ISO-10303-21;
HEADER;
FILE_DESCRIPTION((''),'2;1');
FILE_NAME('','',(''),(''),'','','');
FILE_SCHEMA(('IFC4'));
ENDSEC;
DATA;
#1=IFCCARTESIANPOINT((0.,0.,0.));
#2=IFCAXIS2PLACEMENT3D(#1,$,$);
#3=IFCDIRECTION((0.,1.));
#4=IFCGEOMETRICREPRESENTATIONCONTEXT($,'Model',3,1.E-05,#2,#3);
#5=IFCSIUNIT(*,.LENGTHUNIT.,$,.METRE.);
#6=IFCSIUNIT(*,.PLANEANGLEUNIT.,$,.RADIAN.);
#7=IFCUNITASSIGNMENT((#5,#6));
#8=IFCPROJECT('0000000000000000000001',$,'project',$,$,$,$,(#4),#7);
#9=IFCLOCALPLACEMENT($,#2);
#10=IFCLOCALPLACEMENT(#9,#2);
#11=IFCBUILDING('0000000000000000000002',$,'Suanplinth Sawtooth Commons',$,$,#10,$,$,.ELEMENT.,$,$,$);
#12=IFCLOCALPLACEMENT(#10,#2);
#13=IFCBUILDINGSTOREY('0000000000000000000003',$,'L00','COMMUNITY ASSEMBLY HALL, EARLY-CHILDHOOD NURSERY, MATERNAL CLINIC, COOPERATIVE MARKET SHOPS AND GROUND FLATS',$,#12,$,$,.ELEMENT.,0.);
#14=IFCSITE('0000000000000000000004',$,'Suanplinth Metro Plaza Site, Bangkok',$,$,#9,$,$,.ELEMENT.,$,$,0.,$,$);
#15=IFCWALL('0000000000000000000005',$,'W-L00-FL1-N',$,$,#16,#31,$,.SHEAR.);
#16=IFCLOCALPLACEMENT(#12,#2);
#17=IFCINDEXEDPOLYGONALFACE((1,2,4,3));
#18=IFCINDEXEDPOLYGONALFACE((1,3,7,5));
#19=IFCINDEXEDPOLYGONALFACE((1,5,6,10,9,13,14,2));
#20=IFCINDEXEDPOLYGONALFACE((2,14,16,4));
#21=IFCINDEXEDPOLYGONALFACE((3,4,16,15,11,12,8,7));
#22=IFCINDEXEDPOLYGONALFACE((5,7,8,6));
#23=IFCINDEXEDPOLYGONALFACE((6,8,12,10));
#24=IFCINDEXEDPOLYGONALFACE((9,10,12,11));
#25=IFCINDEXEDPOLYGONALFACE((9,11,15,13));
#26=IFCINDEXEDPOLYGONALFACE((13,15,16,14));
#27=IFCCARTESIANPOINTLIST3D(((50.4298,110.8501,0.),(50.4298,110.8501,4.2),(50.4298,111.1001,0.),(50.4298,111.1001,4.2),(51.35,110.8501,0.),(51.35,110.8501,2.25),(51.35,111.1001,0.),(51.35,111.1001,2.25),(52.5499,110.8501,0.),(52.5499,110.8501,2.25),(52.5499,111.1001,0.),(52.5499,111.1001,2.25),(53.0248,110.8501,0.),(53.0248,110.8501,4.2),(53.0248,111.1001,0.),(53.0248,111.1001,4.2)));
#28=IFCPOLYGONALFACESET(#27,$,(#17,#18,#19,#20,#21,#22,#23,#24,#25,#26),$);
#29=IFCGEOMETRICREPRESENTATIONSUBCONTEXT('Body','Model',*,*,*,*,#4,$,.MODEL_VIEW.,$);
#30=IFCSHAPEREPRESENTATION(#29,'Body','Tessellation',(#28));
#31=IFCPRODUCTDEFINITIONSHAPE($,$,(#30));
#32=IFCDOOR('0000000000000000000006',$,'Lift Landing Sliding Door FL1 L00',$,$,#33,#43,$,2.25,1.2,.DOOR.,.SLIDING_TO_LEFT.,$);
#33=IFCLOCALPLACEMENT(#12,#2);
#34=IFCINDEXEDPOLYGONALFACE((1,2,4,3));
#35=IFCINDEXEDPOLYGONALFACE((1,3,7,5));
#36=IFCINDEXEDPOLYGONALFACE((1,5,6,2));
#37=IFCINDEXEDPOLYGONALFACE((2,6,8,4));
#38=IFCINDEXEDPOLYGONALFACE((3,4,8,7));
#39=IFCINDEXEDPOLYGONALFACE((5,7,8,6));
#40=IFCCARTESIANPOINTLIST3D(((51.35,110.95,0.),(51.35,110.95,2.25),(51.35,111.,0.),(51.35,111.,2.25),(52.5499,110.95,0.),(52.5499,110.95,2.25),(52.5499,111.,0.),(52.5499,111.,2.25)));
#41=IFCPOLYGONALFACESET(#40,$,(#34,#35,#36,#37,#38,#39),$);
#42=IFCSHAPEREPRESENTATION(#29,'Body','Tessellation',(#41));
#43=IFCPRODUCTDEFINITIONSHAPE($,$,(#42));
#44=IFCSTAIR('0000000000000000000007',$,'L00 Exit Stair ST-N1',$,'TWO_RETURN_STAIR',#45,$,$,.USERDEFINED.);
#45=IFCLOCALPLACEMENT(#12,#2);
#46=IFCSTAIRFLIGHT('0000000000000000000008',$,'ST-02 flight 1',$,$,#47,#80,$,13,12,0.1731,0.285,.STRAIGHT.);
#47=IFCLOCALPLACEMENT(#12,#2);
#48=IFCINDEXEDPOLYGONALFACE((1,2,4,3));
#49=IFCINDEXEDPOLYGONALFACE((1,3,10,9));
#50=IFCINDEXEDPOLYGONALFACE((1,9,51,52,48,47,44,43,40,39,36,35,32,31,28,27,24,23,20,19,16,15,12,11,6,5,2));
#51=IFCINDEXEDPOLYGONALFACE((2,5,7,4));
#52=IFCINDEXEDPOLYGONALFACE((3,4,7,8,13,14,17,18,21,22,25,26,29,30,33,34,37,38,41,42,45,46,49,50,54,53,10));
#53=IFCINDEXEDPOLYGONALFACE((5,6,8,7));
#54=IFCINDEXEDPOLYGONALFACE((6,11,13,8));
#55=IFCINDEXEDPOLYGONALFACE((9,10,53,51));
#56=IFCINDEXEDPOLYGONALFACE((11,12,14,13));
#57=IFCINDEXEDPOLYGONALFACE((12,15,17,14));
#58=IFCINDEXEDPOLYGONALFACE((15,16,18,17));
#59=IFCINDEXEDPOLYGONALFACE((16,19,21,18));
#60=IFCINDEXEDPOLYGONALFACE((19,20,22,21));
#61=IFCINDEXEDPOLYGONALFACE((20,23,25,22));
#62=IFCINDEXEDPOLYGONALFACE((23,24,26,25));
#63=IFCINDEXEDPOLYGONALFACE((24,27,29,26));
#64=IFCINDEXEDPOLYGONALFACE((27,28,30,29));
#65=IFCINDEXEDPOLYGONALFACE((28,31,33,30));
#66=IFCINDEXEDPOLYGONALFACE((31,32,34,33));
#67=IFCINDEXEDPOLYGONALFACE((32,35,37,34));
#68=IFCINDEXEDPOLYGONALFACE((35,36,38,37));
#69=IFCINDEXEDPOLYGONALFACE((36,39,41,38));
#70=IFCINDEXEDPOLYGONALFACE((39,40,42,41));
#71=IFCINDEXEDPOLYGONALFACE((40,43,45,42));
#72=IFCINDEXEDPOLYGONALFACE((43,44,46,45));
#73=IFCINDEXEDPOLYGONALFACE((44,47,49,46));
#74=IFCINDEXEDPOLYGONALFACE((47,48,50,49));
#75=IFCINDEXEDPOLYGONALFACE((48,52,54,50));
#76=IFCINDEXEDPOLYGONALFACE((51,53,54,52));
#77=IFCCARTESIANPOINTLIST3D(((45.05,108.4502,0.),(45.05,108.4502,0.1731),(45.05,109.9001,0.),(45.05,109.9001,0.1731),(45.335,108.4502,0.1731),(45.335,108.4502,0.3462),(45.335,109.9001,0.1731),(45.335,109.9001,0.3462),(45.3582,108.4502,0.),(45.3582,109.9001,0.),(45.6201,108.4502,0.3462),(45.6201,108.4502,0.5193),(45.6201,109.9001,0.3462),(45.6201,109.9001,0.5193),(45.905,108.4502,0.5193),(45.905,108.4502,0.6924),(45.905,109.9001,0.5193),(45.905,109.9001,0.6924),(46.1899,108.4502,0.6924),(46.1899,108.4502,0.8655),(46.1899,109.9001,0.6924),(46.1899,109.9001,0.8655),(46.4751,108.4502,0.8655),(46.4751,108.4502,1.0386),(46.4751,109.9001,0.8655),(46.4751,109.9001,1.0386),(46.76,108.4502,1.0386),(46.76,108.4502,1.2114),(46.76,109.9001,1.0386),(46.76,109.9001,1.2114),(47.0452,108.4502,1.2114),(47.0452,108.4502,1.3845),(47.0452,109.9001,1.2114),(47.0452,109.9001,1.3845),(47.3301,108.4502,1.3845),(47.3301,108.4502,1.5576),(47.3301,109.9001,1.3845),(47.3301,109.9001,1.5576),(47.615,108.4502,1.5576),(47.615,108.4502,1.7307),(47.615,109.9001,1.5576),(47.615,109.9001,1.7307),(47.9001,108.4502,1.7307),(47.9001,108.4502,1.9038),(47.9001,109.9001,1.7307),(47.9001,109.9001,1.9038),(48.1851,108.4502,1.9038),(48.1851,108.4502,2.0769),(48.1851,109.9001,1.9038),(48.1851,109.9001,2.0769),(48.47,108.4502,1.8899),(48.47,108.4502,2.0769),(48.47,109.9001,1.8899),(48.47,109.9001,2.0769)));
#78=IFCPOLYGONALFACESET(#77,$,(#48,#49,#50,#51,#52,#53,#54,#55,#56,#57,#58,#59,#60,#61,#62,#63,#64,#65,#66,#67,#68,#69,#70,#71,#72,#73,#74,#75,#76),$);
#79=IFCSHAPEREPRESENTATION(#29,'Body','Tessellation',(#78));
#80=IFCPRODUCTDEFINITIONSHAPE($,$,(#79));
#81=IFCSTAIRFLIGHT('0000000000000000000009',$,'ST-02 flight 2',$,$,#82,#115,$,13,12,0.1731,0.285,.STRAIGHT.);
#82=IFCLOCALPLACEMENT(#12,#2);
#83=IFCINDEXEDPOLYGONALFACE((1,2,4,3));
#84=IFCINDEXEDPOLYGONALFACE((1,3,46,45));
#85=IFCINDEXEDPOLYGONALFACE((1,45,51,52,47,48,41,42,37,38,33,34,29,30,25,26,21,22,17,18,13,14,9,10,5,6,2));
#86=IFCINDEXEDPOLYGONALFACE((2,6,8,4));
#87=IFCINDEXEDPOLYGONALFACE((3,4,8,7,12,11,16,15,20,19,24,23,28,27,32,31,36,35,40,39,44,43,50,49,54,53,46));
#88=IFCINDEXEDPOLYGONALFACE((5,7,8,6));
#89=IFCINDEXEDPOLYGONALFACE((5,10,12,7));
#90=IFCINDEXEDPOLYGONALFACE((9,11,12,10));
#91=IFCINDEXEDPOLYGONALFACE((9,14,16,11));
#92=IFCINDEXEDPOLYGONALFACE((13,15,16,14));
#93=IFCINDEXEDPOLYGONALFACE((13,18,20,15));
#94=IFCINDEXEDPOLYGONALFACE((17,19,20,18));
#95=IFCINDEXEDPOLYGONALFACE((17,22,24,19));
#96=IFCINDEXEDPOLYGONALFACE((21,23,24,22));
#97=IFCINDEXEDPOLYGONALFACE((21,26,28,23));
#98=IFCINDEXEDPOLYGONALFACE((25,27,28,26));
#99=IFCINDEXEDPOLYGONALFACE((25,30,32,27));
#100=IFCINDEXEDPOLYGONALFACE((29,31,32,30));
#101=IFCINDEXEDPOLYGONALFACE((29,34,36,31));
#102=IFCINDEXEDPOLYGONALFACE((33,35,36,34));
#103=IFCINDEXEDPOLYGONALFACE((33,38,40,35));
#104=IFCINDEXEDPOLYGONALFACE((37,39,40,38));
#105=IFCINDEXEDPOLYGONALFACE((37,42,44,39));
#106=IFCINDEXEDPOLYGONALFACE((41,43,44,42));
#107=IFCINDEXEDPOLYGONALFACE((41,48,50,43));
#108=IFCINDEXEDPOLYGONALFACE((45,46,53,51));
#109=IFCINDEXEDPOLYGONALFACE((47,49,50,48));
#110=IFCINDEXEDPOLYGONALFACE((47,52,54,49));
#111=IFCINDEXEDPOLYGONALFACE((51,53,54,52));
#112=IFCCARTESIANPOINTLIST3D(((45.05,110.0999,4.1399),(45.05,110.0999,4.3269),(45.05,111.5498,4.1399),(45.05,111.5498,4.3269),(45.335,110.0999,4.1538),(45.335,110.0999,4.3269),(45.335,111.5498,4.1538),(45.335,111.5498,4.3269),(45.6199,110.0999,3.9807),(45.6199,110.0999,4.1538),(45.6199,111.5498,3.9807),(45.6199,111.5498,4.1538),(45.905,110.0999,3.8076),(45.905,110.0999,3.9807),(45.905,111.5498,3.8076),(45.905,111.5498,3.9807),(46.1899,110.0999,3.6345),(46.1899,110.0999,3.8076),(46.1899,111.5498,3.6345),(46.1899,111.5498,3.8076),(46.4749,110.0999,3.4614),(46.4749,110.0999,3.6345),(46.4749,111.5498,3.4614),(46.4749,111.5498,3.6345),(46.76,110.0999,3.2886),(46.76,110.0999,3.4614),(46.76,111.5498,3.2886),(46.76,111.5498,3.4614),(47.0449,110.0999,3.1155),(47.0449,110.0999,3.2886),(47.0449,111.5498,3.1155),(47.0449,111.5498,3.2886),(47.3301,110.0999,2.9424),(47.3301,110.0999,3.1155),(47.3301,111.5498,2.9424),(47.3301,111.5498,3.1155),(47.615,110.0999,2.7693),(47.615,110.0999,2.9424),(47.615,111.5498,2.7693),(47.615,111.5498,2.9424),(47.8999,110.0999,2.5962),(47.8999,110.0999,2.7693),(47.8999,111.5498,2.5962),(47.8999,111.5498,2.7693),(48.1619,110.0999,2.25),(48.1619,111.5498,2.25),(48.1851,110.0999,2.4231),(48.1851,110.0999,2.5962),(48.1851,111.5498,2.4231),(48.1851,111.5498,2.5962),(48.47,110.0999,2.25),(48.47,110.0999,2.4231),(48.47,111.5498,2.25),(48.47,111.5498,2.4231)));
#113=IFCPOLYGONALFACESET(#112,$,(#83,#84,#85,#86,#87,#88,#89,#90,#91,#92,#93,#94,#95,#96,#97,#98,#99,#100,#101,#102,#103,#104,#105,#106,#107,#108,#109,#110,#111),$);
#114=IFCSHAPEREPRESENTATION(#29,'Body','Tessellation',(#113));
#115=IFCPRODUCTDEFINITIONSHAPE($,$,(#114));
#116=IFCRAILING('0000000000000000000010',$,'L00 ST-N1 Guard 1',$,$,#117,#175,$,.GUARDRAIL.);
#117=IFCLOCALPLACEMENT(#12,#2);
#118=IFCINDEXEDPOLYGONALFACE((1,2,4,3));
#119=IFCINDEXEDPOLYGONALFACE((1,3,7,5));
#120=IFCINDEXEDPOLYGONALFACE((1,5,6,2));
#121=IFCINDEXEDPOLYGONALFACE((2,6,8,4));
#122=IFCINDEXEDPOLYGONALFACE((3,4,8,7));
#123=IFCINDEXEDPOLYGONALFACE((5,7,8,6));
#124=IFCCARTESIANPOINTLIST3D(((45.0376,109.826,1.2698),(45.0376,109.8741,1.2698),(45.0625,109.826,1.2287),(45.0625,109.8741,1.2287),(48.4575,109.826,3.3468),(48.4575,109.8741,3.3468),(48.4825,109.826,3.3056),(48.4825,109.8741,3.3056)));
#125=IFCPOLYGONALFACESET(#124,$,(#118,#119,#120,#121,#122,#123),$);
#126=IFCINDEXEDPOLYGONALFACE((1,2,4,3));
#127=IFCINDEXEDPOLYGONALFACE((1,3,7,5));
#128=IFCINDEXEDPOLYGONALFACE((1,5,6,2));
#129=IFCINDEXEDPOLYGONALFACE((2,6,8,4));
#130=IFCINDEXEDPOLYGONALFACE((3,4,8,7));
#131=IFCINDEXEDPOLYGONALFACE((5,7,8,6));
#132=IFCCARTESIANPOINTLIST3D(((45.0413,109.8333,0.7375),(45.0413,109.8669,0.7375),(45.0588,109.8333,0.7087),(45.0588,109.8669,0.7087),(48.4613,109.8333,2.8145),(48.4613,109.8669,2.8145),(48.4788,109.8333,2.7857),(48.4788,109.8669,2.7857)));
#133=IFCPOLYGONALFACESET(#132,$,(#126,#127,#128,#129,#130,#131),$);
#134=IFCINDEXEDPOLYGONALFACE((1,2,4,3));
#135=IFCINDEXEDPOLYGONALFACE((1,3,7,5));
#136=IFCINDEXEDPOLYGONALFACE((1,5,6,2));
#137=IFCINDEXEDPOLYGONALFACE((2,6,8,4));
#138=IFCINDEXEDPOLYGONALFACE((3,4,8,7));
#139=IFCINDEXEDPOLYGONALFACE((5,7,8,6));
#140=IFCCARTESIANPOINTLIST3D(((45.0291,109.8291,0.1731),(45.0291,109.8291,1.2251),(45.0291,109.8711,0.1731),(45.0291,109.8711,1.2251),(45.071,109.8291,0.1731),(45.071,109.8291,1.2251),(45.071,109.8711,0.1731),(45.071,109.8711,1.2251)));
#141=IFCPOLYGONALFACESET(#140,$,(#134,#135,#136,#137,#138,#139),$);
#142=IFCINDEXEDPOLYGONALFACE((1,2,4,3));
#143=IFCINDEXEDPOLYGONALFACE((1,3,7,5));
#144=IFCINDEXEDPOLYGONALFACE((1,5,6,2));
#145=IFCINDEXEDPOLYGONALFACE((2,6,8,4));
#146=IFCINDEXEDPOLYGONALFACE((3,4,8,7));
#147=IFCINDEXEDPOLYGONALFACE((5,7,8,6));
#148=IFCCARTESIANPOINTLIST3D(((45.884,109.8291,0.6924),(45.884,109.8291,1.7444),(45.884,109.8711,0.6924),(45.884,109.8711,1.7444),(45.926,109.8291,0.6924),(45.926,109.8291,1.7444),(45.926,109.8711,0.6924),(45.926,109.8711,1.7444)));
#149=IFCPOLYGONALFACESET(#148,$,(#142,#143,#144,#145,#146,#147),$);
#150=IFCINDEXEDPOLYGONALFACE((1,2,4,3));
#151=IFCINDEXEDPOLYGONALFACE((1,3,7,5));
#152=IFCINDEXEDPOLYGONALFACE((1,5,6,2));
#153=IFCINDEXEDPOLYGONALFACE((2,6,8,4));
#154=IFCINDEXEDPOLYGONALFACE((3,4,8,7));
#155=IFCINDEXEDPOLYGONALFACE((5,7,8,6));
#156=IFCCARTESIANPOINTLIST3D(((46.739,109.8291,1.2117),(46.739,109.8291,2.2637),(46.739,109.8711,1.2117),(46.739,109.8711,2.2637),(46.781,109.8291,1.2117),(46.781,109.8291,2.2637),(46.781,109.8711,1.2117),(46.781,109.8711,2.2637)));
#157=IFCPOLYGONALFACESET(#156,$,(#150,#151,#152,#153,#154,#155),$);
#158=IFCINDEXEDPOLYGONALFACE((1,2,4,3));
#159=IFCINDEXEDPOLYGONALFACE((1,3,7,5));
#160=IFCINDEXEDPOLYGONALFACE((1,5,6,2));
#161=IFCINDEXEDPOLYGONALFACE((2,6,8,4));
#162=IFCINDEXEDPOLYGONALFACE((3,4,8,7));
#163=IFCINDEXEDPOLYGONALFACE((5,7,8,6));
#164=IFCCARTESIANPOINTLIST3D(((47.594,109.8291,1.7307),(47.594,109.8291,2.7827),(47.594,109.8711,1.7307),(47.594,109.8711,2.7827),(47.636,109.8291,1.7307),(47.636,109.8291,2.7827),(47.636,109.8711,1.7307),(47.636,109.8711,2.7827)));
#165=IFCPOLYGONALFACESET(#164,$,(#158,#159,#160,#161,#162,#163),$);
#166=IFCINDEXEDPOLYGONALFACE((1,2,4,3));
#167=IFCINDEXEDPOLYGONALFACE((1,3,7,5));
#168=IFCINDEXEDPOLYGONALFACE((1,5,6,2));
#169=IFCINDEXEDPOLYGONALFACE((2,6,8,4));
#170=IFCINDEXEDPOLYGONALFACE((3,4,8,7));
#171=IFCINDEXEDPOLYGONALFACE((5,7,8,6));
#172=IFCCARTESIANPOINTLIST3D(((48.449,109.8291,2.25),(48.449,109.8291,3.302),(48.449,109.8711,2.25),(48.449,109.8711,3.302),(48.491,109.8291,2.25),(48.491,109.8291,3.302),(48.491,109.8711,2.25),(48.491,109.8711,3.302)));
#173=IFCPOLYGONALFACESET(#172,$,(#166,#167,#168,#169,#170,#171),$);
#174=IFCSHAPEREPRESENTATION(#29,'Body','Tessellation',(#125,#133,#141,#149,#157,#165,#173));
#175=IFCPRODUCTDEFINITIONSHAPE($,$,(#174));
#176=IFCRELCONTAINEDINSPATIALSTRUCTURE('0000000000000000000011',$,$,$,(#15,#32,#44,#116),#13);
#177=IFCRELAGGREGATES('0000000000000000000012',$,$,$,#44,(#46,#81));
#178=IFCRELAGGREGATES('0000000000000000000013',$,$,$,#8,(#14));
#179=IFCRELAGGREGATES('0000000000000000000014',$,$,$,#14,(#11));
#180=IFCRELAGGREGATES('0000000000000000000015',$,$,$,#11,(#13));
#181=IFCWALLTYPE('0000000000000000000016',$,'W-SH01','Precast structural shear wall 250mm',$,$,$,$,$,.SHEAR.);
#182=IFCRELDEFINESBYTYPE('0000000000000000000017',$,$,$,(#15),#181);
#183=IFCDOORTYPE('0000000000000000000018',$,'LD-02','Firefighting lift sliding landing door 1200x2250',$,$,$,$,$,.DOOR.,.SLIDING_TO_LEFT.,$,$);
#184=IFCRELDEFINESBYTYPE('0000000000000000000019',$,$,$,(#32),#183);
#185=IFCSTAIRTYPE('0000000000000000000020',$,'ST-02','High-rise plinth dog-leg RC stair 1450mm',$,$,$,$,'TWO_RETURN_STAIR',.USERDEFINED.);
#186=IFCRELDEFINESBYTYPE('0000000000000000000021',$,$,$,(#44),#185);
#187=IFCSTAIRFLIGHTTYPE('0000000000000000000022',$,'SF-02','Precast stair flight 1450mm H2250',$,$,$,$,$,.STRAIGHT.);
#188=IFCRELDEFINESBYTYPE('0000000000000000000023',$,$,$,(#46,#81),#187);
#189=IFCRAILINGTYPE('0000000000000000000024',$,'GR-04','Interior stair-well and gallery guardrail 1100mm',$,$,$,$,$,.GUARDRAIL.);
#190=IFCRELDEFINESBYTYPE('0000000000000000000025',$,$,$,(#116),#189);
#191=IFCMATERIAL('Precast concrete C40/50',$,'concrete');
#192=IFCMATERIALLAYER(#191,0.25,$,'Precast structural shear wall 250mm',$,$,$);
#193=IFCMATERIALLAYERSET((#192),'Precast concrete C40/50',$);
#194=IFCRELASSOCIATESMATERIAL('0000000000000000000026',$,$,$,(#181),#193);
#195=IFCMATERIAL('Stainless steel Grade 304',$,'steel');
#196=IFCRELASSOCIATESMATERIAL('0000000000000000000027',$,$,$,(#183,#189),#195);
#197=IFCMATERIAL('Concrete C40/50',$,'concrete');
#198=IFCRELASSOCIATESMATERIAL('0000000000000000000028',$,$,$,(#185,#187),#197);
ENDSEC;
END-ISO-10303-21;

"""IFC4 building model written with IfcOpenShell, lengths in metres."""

from ifc_helpers import new_model, si_unit, direction, frame, frame_2d, origin, origin_2d, place, context, subcontext, project, spatial, polyline, rectangle, outline, extrude, material, layer, layer_set, type_object, element, fill, aggregate, save


model = new_model("IFC4")

# Units and contexts
model_context = context("Model", 3, precision=1e-05, world=origin(), true_north=direction((0.0, 1.0)))
body_context = subcontext(model_context, "Body", "Model", "MODEL_VIEW")
ifc_project = project(units=[si_unit("LENGTHUNIT", "METRE"), si_unit("PLANEANGLEUNIT", "RADIAN")], contexts=[model_context])

# Site, building, storey
site_placement = place(None, origin())
site = spatial("IfcSite", under=ifc_project, at=site_placement, Name="Suanplinth Metro Plaza Site, Bangkok", CompositionType="ELEMENT", RefElevation=0.0)
building_placement = place(site_placement, origin())
building = spatial("IfcBuilding", under=site, at=building_placement, Name="Suanplinth Sawtooth Commons", CompositionType="ELEMENT")
storey_placement = place(building_placement, origin())
storey = spatial("IfcBuildingStorey", under=building, at=storey_placement, Name="L00", Description="COMMUNITY ASSEMBLY HALL, EARLY-CHILDHOOD NURSERY, MATERNAL CLINIC, COOPERATIVE MARKET SHOPS AND GROUND FLATS", CompositionType="ELEMENT", Elevation=0.0)

# Shared definitions
ifc_material_1 = material(Name="Concrete C40/50", Category="concrete")

# Shared definitions
ifc_material_2 = material(Name="Precast concrete C40/50", Category="concrete")

# Shared definitions
ifc_layer_1 = layer(ifc_material_2, 0.25, Name="Precast structural shear wall 250mm")
ifc_layer_set_1 = layer_set([ifc_layer_1], Name="Precast concrete C40/50")
wall_type_1 = type_object("IfcWallType", Name="W-SH01", Description="Precast structural shear wall 250mm", PredefinedType="SHEAR", material=ifc_layer_set_1)

# Wall, opening, door
wall_1_placement = place(storey_placement, frame((50.4299, 110.9751, 0.0), z_axis=(0.0, 0.0, 1.0), x_axis=(1.0, 0.0, 0.0)))
wall_1 = element("IfcWall", 1, at=wall_1_placement, inside=storey, type_object=wall_type_1, Name="W-L00-FL1-N", PredefinedType="SHEAR", context=body_context, shape_type="SweptSolid", body=[
    extrude(rectangle(XDim=2.595, YDim=0.25, at=frame_2d((1.2974, 0.0))), origin(), (0.0, 0.0, 1.0), 4.2),
])
opening_1_placement = place(wall_1_placement, frame((0.9199, 0.0, 0.0)))
opening_1 = element("IfcOpeningElement", 2, at=opening_1_placement, cuts=wall_1, PredefinedType="OPENING", context=body_context, shape_type="SweptSolid", body=[
    extrude(rectangle(XDim=1.2, YDim=2.25, at=frame_2d((0.6001, 1.125))), frame((0.0, 0.1399, 0.0), z_axis=(0.0, -1.0, 0.0), x_axis=(1.0, 0.0, 0.0)), (0.0, 0.0, 1.0), 0.2798),
])
ifc_material_3 = material(Name="Stainless steel Grade 304", Category="steel")
door_type_1 = type_object("IfcDoorType", Name="LD-02", Description="Firefighting lift sliding landing door 1200x2250", OperationType="SLIDING_TO_LEFT", PredefinedType="DOOR", material=ifc_material_3)
door_1_placement = place(opening_1_placement, origin())
door_1 = element("IfcDoor", 3, at=door_1_placement, inside=storey, type_object=door_type_1, Name="Lift Landing Sliding Door FL1 L00", OperationType="SLIDING_TO_LEFT", OverallHeight=2.25, OverallWidth=1.2, PredefinedType="DOOR", context=body_context, shape_type="SweptSolid", body=[
    extrude(rectangle(XDim=1.2, YDim=2.25, at=frame_2d((0.6001, 1.125))), frame((0.0, 0.0249, 0.0), z_axis=(0.0, -1.0, 0.0), x_axis=(1.0, 0.0, 0.0)), (0.0, 0.0, 1.0), 0.05),
])
fill(opening_1, door_1)

# Stair, stair flights
stair_type = type_object("IfcStairType", Name="ST-02", Description="High-rise plinth dog-leg RC stair 1450mm", ElementType="TWO_RETURN_STAIR", PredefinedType="USERDEFINED", material=ifc_material_1)
stair_placement = place(storey_placement, origin())
stair = element("IfcStair", 4, at=stair_placement, inside=storey, type_object=stair_type, Name="L00 Exit Stair ST-N1", ObjectType="TWO_RETURN_STAIR", PredefinedType="USERDEFINED")
stair_flight_type = type_object("IfcStairFlightType", Name="SF-02", Description="Precast stair flight 1450mm H2250", PredefinedType="STRAIGHT", material=ifc_material_1)
stair_flight_1_placement = place(storey_placement, frame((45.05, 109.175, 0.0), z_axis=(0.0, 0.0, 1.0), x_axis=(1.0, 0.0, 0.0)))
stair_flight_1 = element("IfcStairFlight", 5, at=stair_flight_1_placement, type_object=stair_flight_type, Name="ST-02 flight 1", NumberOfRisers=13, NumberOfTreads=12, PredefinedType="STRAIGHT", RiserHeight=0.1731, TreadLength=0.285, context=body_context, shape_type="SweptSolid", body=[
    extrude(outline(polyline([(0.0, 0.0), (0.0, 0.1731), (0.2849, 0.1731), (0.2849, 0.3462), (0.5701, 0.3462), (0.5701, 0.5193), (0.855, 0.5193), (0.855, 0.6924), (1.1399, 0.6924), (1.1399, 0.8655), (1.425, 0.8655), (1.425, 1.0386), (1.71, 1.0386), (1.71, 1.2114), (1.9951, 1.2114), (1.9951, 1.3845), (2.28, 1.3845), (2.28, 1.5576), (2.5649, 1.5576), (2.5649, 1.7307), (2.8501, 1.7307), (2.8501, 1.9038), (3.135, 1.9038), (3.135, 2.0769), (3.4199, 2.0769), (3.4199, 2.25), (3.4199, 1.8899), (0.3081, 0.0), (0.0, 0.0)])), frame((0.0, 0.7251, 0.0), z_axis=(0.0, -1.0, 0.0), x_axis=(1.0, 0.0, 0.0)), (0.0, 0.0, 1.0), 1.45),
])
stair_flight_2_placement = place(storey_placement, frame((48.47, 110.825, 2.25), z_axis=(0.0, 0.0, 1.0), x_axis=(-1.0, 0.0, 0.0)))
stair_flight_2 = element("IfcStairFlight", 6, at=stair_flight_2_placement, type_object=stair_flight_type, Name="ST-02 flight 2", NumberOfRisers=13, NumberOfTreads=12, PredefinedType="STRAIGHT", RiserHeight=0.1731, TreadLength=0.285, context=body_context, shape_type="SweptSolid", body=[
    extrude(outline(polyline([(0.0, 0.0), (0.0, 0.1731), (0.2849, 0.1731), (0.2849, 0.3462), (0.5701, 0.3462), (0.5701, 0.5193), (0.855, 0.5193), (0.855, 0.6924), (1.1399, 0.6924), (1.1399, 0.8655), (1.425, 0.8655), (1.425, 1.0386), (1.71, 1.0386), (1.71, 1.2114), (1.9951, 1.2114), (1.9951, 1.3845), (2.28, 1.3845), (2.28, 1.5576), (2.5649, 1.5576), (2.5649, 1.7307), (2.8501, 1.7307), (2.8501, 1.9038), (3.135, 1.9038), (3.135, 2.0769), (3.4199, 2.0769), (3.4199, 2.25), (3.4199, 1.8899), (0.3081, 0.0), (0.0, 0.0)])), frame((0.0, 0.7251, 0.0), z_axis=(0.0, -1.0, 0.0), x_axis=(1.0, 0.0, 0.0)), (0.0, 0.0, 1.0), 1.45),
])
aggregate(stair, [stair_flight_1, stair_flight_2])

# Railing
railing_type_1 = type_object("IfcRailingType", Name="GR-04", Description="Interior stair-well and gallery guardrail 1100mm", PredefinedType="GUARDRAIL", material=ifc_material_3)
railing_1_placement = place(storey_placement, frame((45.05, 109.8501, 0.1731)))
element("IfcRailing", 7, at=railing_1_placement, inside=storey, type_object=railing_type_1, Name="L00 ST-N1 Guard 1", PredefinedType="GUARDRAIL", context=body_context, shape_type="SweptSolid", body=[
    extrude(rectangle(XDim=0.0481, YDim=0.0481, at=origin_2d()), frame((0.0, 0.0, 1.0762), z_axis=(0.85473, 0.0, 0.519074), x_axis=(0.0, 1.0, 0.0)), (0.0, 0.0, 1.0), 4.0012),
    extrude(rectangle(XDim=0.0337, YDim=0.0337, at=origin_2d()), frame((0.0, 0.0, 0.55), z_axis=(0.85473, 0.0, 0.519074), x_axis=(0.0, 1.0, 0.0)), (0.0, 0.0, 1.0), 4.0012),
    extrude(rectangle(XDim=0.042, YDim=0.042, at=origin_2d()), origin(), (0.0, 0.0, 1.0), 1.052),
    extrude(rectangle(XDim=0.042, YDim=0.042, at=origin_2d()), frame((0.855, 0.0, 0.5193)), (0.0, 0.0, 1.0), 1.052),
    extrude(rectangle(XDim=0.042, YDim=0.042, at=origin_2d()), frame((1.71, 0.0, 1.0386)), (0.0, 0.0, 1.0), 1.052),
    extrude(rectangle(XDim=0.042, YDim=0.042, at=origin_2d()), frame((2.5649, 0.0, 1.5576)), (0.0, 0.0, 1.0), 1.052),
    extrude(rectangle(XDim=0.042, YDim=0.042, at=origin_2d()), frame((3.4199, 0.0, 2.0769)), (0.0, 0.0, 1.0), 1.052),
])

save(model, "model.ifc")
